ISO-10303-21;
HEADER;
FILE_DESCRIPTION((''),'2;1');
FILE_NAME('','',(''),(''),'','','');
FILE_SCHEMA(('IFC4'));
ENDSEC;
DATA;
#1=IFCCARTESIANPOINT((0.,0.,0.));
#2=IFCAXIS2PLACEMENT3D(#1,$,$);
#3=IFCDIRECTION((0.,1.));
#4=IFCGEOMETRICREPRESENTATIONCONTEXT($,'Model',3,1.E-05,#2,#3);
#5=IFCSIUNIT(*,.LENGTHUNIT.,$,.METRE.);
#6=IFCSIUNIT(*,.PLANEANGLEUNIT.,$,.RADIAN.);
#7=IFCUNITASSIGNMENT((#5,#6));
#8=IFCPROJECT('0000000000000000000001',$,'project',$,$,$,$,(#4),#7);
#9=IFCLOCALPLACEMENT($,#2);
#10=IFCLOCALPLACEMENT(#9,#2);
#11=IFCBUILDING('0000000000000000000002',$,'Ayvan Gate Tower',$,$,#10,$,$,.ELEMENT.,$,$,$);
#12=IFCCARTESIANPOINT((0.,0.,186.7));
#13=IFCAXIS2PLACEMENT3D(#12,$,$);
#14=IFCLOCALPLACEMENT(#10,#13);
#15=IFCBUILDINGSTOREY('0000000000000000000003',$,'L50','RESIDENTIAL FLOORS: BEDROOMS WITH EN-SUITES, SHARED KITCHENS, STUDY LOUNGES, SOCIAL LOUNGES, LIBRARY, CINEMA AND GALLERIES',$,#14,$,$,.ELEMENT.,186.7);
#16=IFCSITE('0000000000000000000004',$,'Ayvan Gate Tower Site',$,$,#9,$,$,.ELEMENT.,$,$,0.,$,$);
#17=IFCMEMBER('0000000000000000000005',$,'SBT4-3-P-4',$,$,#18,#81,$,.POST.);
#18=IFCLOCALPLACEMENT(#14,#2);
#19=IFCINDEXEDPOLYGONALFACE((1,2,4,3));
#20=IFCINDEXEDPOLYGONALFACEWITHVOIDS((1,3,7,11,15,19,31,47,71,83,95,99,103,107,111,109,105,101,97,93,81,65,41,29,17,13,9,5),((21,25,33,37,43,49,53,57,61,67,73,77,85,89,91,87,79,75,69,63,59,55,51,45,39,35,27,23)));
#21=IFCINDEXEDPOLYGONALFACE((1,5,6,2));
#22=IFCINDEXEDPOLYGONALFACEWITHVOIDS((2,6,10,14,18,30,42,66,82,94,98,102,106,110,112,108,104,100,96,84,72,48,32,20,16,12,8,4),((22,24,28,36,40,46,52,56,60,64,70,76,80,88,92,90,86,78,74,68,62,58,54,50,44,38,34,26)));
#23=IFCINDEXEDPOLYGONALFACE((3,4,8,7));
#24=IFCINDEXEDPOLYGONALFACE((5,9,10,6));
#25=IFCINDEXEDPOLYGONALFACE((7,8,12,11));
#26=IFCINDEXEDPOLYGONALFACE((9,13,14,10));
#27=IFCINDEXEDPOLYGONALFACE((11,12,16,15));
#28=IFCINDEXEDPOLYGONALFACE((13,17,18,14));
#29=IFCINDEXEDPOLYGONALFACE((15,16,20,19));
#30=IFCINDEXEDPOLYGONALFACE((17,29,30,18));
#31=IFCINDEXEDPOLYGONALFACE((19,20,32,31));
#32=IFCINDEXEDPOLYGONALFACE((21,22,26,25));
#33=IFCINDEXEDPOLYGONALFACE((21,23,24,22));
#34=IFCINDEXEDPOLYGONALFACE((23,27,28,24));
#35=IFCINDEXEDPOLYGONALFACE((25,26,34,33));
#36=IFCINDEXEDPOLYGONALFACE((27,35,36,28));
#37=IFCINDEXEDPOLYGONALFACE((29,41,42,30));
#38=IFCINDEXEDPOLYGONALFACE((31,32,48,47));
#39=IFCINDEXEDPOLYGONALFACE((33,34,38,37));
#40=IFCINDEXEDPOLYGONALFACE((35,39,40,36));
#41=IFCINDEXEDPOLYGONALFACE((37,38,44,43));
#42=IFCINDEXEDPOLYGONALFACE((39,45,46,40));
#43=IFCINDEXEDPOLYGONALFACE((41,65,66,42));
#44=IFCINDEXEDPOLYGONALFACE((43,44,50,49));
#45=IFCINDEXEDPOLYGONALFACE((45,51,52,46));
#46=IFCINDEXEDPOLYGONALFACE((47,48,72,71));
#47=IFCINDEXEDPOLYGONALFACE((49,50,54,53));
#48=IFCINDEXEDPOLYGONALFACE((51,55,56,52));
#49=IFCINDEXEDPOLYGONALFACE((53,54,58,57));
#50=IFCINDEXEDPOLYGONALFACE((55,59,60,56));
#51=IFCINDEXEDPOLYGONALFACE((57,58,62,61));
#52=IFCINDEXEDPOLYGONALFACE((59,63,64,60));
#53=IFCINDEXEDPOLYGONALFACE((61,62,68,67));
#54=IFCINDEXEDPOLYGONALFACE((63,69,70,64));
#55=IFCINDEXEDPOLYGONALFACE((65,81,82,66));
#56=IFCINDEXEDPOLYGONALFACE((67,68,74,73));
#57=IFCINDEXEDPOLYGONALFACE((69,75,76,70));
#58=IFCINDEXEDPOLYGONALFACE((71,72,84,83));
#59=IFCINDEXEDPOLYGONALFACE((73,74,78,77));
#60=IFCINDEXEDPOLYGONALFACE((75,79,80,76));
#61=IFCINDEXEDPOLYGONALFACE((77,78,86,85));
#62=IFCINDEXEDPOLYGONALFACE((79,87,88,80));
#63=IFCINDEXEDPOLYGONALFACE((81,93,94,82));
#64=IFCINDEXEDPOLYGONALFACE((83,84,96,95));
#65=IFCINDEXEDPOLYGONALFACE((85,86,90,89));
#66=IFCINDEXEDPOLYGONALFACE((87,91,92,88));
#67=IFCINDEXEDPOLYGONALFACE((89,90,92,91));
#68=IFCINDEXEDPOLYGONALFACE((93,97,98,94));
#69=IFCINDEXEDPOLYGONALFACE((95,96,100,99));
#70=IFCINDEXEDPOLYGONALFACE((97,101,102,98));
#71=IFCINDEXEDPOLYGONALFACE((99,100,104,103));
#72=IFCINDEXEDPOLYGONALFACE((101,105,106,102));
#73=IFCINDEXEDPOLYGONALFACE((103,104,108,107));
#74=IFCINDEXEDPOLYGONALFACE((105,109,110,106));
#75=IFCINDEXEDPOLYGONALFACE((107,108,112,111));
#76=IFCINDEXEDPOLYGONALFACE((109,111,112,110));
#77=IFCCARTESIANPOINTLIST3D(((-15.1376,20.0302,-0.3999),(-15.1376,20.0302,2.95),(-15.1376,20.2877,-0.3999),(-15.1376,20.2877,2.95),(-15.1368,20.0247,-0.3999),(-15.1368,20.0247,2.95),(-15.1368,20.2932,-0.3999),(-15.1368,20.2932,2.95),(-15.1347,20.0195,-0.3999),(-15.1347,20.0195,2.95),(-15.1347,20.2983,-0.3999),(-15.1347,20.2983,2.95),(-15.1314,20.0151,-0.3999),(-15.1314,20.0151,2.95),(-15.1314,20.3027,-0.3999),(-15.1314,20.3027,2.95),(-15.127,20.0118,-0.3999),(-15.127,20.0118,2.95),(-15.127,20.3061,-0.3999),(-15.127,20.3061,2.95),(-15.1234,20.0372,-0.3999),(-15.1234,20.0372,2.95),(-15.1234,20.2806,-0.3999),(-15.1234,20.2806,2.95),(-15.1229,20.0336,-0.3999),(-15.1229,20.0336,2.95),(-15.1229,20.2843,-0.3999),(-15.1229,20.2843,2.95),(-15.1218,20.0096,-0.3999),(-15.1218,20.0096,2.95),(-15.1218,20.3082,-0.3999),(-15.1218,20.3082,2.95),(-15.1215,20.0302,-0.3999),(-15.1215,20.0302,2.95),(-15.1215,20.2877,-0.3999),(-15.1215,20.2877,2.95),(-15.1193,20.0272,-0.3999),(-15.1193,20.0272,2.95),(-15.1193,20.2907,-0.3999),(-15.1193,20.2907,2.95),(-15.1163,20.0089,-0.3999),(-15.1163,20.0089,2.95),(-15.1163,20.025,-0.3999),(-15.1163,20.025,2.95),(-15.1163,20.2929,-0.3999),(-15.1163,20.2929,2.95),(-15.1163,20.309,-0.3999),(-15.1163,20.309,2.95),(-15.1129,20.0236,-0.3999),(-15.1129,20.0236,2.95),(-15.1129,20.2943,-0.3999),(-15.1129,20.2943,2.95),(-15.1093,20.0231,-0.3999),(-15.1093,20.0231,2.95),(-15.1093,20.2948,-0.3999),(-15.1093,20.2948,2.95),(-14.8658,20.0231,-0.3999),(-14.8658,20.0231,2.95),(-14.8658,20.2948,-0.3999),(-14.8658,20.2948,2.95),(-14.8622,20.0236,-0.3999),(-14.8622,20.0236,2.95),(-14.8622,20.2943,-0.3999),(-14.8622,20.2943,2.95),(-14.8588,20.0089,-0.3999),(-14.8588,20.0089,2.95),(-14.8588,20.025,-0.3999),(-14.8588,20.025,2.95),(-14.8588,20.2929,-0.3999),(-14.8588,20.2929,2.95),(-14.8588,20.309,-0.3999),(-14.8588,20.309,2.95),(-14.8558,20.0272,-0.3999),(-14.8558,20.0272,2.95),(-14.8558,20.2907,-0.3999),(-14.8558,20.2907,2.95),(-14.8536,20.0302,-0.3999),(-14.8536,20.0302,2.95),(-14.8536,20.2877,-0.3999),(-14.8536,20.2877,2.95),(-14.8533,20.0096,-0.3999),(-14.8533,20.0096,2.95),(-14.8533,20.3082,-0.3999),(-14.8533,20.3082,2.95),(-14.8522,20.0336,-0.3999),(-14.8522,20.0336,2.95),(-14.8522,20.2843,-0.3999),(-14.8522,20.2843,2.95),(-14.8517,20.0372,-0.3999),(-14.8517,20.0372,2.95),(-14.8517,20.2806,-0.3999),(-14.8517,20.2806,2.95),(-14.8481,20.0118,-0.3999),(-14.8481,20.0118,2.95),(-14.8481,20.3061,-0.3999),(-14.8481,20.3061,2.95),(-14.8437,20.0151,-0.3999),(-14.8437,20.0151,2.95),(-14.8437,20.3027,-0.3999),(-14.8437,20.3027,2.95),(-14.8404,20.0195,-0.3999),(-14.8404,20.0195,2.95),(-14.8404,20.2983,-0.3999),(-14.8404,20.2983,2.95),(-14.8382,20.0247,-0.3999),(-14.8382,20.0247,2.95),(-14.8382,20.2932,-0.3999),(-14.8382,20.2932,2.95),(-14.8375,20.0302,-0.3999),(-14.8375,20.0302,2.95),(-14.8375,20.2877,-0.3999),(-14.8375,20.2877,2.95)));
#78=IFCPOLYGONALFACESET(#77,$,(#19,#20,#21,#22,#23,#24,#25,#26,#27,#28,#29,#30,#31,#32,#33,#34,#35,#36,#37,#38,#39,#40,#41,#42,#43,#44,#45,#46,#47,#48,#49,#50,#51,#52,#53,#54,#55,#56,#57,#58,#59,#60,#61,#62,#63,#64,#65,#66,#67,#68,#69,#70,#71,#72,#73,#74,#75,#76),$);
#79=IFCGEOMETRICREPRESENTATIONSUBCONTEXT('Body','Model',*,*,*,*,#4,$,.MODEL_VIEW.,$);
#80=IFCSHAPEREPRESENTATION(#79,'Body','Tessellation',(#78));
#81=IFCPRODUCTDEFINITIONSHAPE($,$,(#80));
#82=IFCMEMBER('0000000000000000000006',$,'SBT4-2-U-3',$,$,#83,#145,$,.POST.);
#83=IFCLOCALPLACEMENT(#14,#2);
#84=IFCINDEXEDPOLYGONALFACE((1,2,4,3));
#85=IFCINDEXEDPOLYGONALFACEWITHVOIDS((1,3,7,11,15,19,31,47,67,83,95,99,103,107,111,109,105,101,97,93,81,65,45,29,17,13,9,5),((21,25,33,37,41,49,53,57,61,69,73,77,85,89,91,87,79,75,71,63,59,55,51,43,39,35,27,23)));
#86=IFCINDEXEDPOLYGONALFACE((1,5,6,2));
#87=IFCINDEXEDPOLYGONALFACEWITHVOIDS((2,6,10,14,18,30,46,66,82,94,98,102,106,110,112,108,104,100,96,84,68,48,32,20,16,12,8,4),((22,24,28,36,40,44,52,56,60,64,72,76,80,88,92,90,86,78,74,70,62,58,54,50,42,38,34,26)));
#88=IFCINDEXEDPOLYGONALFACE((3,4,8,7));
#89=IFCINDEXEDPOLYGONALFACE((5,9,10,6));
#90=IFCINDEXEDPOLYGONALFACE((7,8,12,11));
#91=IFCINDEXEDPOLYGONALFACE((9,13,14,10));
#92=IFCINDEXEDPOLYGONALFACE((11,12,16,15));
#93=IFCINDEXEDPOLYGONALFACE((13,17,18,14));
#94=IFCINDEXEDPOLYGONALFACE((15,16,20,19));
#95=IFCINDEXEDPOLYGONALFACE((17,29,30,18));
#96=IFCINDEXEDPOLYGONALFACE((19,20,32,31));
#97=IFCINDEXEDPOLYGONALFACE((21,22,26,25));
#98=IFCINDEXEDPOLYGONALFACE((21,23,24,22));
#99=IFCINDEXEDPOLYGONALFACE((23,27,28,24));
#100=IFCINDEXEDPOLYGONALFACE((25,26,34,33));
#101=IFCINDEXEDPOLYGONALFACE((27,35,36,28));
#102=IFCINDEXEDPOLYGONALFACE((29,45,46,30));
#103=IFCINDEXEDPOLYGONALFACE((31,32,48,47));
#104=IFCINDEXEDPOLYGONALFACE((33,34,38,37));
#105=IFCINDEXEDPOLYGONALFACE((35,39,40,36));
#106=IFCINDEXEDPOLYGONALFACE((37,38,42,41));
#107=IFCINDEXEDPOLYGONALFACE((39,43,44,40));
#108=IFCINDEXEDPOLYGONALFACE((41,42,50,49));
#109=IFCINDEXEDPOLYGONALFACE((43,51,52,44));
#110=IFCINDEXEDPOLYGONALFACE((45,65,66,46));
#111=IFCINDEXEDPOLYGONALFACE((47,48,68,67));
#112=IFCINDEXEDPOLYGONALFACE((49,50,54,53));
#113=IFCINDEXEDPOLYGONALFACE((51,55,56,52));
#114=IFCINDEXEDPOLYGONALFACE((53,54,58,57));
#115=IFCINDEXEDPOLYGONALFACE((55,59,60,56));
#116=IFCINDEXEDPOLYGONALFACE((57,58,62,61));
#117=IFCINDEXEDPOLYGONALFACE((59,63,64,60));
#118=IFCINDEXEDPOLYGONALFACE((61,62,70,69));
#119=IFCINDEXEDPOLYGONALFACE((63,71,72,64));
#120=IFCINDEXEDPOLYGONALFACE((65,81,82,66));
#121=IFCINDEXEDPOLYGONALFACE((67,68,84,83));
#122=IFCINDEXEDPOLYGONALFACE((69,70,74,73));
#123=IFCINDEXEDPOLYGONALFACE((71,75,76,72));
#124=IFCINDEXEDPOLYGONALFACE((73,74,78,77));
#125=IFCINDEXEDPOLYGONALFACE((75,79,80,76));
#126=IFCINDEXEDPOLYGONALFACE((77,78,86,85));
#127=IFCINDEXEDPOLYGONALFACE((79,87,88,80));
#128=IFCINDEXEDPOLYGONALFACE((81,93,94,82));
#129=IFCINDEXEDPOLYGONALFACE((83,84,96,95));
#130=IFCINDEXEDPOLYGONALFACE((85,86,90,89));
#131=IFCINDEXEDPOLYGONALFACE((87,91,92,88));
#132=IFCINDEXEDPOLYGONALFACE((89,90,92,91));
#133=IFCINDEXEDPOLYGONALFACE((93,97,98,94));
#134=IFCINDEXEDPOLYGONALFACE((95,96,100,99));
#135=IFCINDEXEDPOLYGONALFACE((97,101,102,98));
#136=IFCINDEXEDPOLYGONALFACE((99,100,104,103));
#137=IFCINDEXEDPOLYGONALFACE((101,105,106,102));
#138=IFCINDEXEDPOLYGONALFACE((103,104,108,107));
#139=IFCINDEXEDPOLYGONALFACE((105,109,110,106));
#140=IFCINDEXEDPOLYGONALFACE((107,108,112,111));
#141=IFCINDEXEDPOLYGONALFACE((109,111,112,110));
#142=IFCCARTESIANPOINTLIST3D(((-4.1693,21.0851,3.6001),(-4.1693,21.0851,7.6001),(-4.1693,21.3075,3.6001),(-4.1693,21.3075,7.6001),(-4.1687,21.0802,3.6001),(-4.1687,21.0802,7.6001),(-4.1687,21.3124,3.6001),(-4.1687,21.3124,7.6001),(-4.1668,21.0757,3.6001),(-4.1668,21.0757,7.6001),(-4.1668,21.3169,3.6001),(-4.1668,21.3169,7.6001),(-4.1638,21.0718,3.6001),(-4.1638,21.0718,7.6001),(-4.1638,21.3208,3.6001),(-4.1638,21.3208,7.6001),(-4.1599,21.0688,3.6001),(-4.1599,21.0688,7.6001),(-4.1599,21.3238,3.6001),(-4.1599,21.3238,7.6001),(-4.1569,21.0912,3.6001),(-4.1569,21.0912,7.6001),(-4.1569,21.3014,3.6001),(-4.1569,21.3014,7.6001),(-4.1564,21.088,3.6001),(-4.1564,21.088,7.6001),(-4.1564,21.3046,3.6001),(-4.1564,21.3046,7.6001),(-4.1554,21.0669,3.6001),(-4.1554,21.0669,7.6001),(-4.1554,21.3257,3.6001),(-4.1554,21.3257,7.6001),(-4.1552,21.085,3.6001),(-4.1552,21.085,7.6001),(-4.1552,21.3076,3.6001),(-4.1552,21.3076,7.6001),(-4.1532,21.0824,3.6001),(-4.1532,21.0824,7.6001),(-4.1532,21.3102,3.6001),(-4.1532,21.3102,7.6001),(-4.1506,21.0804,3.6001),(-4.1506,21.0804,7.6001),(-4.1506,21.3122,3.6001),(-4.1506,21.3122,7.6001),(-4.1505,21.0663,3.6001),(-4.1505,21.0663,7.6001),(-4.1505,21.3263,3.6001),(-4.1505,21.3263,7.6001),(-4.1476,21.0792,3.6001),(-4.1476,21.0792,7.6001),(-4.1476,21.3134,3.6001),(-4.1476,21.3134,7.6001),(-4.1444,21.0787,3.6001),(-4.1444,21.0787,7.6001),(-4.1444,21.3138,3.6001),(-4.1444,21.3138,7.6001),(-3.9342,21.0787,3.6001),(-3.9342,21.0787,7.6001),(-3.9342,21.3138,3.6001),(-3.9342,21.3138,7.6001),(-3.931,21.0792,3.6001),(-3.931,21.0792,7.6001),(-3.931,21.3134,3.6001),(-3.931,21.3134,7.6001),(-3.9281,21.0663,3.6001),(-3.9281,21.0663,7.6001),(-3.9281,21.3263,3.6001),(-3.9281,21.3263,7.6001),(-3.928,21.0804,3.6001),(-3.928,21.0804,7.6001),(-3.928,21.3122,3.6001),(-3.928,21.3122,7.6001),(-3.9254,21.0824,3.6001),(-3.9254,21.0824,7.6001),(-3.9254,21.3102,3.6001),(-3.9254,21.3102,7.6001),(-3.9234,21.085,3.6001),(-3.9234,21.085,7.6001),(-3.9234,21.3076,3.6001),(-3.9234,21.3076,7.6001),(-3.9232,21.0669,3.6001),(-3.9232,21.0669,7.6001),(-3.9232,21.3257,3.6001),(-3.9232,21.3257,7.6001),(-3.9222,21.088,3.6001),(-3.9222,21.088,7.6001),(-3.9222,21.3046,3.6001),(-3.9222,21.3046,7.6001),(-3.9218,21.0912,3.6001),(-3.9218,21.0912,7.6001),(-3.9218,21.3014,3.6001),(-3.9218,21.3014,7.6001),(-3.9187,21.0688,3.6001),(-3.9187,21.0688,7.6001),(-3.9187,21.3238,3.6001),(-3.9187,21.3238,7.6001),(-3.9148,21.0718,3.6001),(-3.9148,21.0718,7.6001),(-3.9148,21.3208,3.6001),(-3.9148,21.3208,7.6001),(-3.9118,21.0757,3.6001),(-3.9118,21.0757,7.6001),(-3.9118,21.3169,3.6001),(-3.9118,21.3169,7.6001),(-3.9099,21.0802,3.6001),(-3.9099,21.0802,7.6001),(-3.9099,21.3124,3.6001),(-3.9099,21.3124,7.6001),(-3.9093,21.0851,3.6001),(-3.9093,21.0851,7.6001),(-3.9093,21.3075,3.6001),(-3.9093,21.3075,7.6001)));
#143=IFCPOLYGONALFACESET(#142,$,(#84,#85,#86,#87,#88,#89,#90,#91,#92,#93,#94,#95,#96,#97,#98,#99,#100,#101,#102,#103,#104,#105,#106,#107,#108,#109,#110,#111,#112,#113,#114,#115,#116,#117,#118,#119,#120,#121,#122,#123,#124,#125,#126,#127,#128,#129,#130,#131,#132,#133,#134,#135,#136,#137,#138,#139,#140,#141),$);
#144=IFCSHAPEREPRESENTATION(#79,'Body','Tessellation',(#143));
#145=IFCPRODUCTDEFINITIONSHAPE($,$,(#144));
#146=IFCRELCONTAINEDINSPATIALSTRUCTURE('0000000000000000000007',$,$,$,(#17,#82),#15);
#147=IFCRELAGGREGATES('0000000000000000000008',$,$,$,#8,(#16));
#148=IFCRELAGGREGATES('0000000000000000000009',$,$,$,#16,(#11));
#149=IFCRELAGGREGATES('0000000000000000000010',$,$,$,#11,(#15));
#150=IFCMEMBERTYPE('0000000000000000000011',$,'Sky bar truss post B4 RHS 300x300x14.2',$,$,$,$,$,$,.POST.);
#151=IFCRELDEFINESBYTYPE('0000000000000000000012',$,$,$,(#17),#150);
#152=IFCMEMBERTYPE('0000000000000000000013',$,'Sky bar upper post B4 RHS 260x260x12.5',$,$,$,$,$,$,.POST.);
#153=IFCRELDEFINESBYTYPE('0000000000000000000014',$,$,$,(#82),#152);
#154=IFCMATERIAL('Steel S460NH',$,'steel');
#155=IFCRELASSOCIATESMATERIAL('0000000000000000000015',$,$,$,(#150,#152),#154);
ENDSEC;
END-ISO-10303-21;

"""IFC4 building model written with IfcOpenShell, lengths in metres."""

from ifc_helpers import new_model, si_unit, direction, frame, origin, origin_2d, place, context, subcontext, project, spatial, hollow_rectangle, extrude, material, material_profile, profile_set, type_object, element, save


model = new_model("IFC4")

# Units and contexts
model_context = context("Model", 3, precision=1e-05, world=origin(), true_north=direction((0.0, 1.0)))
body_context = subcontext(model_context, "Body", "Model", "MODEL_VIEW")
ifc_project = project(units=[si_unit("LENGTHUNIT", "METRE"), si_unit("PLANEANGLEUNIT", "RADIAN")], contexts=[model_context])

# Site, building, storey
site_placement = place(None, origin())
site = spatial("IfcSite", under=ifc_project, at=site_placement, Name="Ayvan Gate Tower Site", CompositionType="ELEMENT", RefElevation=0.0)
building_placement = place(site_placement, origin())
building = spatial("IfcBuilding", under=site, at=building_placement, Name="Ayvan Gate Tower", CompositionType="ELEMENT")
storey_placement = place(building_placement, frame((0.0, 0.0, 186.7)))
storey = spatial("IfcBuildingStorey", under=building, at=storey_placement, Name="L50", Description="RESIDENTIAL FLOORS: BEDROOMS WITH EN-SUITES, SHARED KITCHENS, STUDY LOUNGES, SOCIAL LOUNGES, LIBRARY, CINEMA AND GALLERIES", CompositionType="ELEMENT", Elevation=186.7)

# Members
ifc_material_1 = material(Name="Steel S460NH", Category="steel")
ifc_material_profile_1 = material_profile(ifc_material_1, hollow_rectangle(XDim=0.3, YDim=0.3, WallThickness=0.0142, InnerFilletRadius=0.0142, OuterFilletRadius=0.0212, at=origin_2d()), Name="RHS 300x300x14.2")
ifc_profile_set_1 = profile_set([ifc_material_profile_1], Name="Steel S460NH")
member_type_1 = type_object("IfcMemberType", Name="Sky bar truss post B4 RHS 300x300x14.2", PredefinedType="POST", material=ifc_profile_set_1)
for number, where, z_axis, x_axis, name in (
    (1, (-14.9875, 20.1589, -0.3999), (0.0, 0.0, 1.0), (1.0, 0.0, 0.0), "SBT4-3-P-4"),
):
    element("IfcMember", number, at=place(storey_placement, frame(where, z_axis=z_axis, x_axis=x_axis)), inside=storey, type_object=member_type_1, Name=name, PredefinedType="POST", context=body_context, shape_type="SweptSolid", body=[
        extrude(hollow_rectangle(XDim=0.3, YDim=0.3, WallThickness=0.0142, InnerFilletRadius=0.0142, OuterFilletRadius=0.0212, at=origin_2d()), origin(), (0.0, 0.0, 1.0), 3.3499),
    ])
ifc_material_profile_2 = material_profile(ifc_material_1, hollow_rectangle(XDim=0.26, YDim=0.26, WallThickness=0.0125, InnerFilletRadius=0.0125, OuterFilletRadius=0.0188, at=origin_2d()), Name="RHS 260x260x12.5")
ifc_profile_set_2 = profile_set([ifc_material_profile_2], Name="Steel S460NH")
member_type_2 = type_object("IfcMemberType", Name="Sky bar upper post B4 RHS 260x260x12.5", PredefinedType="POST", material=ifc_profile_set_2)
for number, where, z_axis, x_axis, name in (
    (2, (-4.0393, 21.1963, 3.6001), (0.0, 0.0, 1.0), (1.0, 0.0, 0.0), "SBT4-2-U-3"),
):
    element("IfcMember", number, at=place(storey_placement, frame(where, z_axis=z_axis, x_axis=x_axis)), inside=storey, type_object=member_type_2, Name=name, PredefinedType="POST", context=body_context, shape_type="SweptSolid", body=[
        extrude(hollow_rectangle(XDim=0.26, YDim=0.26, WallThickness=0.0125, InnerFilletRadius=0.0125, OuterFilletRadius=0.0188, at=origin_2d()), origin(), (0.0, 0.0, 1.0), 4.0),
    ])

save(model, "model.ifc")
